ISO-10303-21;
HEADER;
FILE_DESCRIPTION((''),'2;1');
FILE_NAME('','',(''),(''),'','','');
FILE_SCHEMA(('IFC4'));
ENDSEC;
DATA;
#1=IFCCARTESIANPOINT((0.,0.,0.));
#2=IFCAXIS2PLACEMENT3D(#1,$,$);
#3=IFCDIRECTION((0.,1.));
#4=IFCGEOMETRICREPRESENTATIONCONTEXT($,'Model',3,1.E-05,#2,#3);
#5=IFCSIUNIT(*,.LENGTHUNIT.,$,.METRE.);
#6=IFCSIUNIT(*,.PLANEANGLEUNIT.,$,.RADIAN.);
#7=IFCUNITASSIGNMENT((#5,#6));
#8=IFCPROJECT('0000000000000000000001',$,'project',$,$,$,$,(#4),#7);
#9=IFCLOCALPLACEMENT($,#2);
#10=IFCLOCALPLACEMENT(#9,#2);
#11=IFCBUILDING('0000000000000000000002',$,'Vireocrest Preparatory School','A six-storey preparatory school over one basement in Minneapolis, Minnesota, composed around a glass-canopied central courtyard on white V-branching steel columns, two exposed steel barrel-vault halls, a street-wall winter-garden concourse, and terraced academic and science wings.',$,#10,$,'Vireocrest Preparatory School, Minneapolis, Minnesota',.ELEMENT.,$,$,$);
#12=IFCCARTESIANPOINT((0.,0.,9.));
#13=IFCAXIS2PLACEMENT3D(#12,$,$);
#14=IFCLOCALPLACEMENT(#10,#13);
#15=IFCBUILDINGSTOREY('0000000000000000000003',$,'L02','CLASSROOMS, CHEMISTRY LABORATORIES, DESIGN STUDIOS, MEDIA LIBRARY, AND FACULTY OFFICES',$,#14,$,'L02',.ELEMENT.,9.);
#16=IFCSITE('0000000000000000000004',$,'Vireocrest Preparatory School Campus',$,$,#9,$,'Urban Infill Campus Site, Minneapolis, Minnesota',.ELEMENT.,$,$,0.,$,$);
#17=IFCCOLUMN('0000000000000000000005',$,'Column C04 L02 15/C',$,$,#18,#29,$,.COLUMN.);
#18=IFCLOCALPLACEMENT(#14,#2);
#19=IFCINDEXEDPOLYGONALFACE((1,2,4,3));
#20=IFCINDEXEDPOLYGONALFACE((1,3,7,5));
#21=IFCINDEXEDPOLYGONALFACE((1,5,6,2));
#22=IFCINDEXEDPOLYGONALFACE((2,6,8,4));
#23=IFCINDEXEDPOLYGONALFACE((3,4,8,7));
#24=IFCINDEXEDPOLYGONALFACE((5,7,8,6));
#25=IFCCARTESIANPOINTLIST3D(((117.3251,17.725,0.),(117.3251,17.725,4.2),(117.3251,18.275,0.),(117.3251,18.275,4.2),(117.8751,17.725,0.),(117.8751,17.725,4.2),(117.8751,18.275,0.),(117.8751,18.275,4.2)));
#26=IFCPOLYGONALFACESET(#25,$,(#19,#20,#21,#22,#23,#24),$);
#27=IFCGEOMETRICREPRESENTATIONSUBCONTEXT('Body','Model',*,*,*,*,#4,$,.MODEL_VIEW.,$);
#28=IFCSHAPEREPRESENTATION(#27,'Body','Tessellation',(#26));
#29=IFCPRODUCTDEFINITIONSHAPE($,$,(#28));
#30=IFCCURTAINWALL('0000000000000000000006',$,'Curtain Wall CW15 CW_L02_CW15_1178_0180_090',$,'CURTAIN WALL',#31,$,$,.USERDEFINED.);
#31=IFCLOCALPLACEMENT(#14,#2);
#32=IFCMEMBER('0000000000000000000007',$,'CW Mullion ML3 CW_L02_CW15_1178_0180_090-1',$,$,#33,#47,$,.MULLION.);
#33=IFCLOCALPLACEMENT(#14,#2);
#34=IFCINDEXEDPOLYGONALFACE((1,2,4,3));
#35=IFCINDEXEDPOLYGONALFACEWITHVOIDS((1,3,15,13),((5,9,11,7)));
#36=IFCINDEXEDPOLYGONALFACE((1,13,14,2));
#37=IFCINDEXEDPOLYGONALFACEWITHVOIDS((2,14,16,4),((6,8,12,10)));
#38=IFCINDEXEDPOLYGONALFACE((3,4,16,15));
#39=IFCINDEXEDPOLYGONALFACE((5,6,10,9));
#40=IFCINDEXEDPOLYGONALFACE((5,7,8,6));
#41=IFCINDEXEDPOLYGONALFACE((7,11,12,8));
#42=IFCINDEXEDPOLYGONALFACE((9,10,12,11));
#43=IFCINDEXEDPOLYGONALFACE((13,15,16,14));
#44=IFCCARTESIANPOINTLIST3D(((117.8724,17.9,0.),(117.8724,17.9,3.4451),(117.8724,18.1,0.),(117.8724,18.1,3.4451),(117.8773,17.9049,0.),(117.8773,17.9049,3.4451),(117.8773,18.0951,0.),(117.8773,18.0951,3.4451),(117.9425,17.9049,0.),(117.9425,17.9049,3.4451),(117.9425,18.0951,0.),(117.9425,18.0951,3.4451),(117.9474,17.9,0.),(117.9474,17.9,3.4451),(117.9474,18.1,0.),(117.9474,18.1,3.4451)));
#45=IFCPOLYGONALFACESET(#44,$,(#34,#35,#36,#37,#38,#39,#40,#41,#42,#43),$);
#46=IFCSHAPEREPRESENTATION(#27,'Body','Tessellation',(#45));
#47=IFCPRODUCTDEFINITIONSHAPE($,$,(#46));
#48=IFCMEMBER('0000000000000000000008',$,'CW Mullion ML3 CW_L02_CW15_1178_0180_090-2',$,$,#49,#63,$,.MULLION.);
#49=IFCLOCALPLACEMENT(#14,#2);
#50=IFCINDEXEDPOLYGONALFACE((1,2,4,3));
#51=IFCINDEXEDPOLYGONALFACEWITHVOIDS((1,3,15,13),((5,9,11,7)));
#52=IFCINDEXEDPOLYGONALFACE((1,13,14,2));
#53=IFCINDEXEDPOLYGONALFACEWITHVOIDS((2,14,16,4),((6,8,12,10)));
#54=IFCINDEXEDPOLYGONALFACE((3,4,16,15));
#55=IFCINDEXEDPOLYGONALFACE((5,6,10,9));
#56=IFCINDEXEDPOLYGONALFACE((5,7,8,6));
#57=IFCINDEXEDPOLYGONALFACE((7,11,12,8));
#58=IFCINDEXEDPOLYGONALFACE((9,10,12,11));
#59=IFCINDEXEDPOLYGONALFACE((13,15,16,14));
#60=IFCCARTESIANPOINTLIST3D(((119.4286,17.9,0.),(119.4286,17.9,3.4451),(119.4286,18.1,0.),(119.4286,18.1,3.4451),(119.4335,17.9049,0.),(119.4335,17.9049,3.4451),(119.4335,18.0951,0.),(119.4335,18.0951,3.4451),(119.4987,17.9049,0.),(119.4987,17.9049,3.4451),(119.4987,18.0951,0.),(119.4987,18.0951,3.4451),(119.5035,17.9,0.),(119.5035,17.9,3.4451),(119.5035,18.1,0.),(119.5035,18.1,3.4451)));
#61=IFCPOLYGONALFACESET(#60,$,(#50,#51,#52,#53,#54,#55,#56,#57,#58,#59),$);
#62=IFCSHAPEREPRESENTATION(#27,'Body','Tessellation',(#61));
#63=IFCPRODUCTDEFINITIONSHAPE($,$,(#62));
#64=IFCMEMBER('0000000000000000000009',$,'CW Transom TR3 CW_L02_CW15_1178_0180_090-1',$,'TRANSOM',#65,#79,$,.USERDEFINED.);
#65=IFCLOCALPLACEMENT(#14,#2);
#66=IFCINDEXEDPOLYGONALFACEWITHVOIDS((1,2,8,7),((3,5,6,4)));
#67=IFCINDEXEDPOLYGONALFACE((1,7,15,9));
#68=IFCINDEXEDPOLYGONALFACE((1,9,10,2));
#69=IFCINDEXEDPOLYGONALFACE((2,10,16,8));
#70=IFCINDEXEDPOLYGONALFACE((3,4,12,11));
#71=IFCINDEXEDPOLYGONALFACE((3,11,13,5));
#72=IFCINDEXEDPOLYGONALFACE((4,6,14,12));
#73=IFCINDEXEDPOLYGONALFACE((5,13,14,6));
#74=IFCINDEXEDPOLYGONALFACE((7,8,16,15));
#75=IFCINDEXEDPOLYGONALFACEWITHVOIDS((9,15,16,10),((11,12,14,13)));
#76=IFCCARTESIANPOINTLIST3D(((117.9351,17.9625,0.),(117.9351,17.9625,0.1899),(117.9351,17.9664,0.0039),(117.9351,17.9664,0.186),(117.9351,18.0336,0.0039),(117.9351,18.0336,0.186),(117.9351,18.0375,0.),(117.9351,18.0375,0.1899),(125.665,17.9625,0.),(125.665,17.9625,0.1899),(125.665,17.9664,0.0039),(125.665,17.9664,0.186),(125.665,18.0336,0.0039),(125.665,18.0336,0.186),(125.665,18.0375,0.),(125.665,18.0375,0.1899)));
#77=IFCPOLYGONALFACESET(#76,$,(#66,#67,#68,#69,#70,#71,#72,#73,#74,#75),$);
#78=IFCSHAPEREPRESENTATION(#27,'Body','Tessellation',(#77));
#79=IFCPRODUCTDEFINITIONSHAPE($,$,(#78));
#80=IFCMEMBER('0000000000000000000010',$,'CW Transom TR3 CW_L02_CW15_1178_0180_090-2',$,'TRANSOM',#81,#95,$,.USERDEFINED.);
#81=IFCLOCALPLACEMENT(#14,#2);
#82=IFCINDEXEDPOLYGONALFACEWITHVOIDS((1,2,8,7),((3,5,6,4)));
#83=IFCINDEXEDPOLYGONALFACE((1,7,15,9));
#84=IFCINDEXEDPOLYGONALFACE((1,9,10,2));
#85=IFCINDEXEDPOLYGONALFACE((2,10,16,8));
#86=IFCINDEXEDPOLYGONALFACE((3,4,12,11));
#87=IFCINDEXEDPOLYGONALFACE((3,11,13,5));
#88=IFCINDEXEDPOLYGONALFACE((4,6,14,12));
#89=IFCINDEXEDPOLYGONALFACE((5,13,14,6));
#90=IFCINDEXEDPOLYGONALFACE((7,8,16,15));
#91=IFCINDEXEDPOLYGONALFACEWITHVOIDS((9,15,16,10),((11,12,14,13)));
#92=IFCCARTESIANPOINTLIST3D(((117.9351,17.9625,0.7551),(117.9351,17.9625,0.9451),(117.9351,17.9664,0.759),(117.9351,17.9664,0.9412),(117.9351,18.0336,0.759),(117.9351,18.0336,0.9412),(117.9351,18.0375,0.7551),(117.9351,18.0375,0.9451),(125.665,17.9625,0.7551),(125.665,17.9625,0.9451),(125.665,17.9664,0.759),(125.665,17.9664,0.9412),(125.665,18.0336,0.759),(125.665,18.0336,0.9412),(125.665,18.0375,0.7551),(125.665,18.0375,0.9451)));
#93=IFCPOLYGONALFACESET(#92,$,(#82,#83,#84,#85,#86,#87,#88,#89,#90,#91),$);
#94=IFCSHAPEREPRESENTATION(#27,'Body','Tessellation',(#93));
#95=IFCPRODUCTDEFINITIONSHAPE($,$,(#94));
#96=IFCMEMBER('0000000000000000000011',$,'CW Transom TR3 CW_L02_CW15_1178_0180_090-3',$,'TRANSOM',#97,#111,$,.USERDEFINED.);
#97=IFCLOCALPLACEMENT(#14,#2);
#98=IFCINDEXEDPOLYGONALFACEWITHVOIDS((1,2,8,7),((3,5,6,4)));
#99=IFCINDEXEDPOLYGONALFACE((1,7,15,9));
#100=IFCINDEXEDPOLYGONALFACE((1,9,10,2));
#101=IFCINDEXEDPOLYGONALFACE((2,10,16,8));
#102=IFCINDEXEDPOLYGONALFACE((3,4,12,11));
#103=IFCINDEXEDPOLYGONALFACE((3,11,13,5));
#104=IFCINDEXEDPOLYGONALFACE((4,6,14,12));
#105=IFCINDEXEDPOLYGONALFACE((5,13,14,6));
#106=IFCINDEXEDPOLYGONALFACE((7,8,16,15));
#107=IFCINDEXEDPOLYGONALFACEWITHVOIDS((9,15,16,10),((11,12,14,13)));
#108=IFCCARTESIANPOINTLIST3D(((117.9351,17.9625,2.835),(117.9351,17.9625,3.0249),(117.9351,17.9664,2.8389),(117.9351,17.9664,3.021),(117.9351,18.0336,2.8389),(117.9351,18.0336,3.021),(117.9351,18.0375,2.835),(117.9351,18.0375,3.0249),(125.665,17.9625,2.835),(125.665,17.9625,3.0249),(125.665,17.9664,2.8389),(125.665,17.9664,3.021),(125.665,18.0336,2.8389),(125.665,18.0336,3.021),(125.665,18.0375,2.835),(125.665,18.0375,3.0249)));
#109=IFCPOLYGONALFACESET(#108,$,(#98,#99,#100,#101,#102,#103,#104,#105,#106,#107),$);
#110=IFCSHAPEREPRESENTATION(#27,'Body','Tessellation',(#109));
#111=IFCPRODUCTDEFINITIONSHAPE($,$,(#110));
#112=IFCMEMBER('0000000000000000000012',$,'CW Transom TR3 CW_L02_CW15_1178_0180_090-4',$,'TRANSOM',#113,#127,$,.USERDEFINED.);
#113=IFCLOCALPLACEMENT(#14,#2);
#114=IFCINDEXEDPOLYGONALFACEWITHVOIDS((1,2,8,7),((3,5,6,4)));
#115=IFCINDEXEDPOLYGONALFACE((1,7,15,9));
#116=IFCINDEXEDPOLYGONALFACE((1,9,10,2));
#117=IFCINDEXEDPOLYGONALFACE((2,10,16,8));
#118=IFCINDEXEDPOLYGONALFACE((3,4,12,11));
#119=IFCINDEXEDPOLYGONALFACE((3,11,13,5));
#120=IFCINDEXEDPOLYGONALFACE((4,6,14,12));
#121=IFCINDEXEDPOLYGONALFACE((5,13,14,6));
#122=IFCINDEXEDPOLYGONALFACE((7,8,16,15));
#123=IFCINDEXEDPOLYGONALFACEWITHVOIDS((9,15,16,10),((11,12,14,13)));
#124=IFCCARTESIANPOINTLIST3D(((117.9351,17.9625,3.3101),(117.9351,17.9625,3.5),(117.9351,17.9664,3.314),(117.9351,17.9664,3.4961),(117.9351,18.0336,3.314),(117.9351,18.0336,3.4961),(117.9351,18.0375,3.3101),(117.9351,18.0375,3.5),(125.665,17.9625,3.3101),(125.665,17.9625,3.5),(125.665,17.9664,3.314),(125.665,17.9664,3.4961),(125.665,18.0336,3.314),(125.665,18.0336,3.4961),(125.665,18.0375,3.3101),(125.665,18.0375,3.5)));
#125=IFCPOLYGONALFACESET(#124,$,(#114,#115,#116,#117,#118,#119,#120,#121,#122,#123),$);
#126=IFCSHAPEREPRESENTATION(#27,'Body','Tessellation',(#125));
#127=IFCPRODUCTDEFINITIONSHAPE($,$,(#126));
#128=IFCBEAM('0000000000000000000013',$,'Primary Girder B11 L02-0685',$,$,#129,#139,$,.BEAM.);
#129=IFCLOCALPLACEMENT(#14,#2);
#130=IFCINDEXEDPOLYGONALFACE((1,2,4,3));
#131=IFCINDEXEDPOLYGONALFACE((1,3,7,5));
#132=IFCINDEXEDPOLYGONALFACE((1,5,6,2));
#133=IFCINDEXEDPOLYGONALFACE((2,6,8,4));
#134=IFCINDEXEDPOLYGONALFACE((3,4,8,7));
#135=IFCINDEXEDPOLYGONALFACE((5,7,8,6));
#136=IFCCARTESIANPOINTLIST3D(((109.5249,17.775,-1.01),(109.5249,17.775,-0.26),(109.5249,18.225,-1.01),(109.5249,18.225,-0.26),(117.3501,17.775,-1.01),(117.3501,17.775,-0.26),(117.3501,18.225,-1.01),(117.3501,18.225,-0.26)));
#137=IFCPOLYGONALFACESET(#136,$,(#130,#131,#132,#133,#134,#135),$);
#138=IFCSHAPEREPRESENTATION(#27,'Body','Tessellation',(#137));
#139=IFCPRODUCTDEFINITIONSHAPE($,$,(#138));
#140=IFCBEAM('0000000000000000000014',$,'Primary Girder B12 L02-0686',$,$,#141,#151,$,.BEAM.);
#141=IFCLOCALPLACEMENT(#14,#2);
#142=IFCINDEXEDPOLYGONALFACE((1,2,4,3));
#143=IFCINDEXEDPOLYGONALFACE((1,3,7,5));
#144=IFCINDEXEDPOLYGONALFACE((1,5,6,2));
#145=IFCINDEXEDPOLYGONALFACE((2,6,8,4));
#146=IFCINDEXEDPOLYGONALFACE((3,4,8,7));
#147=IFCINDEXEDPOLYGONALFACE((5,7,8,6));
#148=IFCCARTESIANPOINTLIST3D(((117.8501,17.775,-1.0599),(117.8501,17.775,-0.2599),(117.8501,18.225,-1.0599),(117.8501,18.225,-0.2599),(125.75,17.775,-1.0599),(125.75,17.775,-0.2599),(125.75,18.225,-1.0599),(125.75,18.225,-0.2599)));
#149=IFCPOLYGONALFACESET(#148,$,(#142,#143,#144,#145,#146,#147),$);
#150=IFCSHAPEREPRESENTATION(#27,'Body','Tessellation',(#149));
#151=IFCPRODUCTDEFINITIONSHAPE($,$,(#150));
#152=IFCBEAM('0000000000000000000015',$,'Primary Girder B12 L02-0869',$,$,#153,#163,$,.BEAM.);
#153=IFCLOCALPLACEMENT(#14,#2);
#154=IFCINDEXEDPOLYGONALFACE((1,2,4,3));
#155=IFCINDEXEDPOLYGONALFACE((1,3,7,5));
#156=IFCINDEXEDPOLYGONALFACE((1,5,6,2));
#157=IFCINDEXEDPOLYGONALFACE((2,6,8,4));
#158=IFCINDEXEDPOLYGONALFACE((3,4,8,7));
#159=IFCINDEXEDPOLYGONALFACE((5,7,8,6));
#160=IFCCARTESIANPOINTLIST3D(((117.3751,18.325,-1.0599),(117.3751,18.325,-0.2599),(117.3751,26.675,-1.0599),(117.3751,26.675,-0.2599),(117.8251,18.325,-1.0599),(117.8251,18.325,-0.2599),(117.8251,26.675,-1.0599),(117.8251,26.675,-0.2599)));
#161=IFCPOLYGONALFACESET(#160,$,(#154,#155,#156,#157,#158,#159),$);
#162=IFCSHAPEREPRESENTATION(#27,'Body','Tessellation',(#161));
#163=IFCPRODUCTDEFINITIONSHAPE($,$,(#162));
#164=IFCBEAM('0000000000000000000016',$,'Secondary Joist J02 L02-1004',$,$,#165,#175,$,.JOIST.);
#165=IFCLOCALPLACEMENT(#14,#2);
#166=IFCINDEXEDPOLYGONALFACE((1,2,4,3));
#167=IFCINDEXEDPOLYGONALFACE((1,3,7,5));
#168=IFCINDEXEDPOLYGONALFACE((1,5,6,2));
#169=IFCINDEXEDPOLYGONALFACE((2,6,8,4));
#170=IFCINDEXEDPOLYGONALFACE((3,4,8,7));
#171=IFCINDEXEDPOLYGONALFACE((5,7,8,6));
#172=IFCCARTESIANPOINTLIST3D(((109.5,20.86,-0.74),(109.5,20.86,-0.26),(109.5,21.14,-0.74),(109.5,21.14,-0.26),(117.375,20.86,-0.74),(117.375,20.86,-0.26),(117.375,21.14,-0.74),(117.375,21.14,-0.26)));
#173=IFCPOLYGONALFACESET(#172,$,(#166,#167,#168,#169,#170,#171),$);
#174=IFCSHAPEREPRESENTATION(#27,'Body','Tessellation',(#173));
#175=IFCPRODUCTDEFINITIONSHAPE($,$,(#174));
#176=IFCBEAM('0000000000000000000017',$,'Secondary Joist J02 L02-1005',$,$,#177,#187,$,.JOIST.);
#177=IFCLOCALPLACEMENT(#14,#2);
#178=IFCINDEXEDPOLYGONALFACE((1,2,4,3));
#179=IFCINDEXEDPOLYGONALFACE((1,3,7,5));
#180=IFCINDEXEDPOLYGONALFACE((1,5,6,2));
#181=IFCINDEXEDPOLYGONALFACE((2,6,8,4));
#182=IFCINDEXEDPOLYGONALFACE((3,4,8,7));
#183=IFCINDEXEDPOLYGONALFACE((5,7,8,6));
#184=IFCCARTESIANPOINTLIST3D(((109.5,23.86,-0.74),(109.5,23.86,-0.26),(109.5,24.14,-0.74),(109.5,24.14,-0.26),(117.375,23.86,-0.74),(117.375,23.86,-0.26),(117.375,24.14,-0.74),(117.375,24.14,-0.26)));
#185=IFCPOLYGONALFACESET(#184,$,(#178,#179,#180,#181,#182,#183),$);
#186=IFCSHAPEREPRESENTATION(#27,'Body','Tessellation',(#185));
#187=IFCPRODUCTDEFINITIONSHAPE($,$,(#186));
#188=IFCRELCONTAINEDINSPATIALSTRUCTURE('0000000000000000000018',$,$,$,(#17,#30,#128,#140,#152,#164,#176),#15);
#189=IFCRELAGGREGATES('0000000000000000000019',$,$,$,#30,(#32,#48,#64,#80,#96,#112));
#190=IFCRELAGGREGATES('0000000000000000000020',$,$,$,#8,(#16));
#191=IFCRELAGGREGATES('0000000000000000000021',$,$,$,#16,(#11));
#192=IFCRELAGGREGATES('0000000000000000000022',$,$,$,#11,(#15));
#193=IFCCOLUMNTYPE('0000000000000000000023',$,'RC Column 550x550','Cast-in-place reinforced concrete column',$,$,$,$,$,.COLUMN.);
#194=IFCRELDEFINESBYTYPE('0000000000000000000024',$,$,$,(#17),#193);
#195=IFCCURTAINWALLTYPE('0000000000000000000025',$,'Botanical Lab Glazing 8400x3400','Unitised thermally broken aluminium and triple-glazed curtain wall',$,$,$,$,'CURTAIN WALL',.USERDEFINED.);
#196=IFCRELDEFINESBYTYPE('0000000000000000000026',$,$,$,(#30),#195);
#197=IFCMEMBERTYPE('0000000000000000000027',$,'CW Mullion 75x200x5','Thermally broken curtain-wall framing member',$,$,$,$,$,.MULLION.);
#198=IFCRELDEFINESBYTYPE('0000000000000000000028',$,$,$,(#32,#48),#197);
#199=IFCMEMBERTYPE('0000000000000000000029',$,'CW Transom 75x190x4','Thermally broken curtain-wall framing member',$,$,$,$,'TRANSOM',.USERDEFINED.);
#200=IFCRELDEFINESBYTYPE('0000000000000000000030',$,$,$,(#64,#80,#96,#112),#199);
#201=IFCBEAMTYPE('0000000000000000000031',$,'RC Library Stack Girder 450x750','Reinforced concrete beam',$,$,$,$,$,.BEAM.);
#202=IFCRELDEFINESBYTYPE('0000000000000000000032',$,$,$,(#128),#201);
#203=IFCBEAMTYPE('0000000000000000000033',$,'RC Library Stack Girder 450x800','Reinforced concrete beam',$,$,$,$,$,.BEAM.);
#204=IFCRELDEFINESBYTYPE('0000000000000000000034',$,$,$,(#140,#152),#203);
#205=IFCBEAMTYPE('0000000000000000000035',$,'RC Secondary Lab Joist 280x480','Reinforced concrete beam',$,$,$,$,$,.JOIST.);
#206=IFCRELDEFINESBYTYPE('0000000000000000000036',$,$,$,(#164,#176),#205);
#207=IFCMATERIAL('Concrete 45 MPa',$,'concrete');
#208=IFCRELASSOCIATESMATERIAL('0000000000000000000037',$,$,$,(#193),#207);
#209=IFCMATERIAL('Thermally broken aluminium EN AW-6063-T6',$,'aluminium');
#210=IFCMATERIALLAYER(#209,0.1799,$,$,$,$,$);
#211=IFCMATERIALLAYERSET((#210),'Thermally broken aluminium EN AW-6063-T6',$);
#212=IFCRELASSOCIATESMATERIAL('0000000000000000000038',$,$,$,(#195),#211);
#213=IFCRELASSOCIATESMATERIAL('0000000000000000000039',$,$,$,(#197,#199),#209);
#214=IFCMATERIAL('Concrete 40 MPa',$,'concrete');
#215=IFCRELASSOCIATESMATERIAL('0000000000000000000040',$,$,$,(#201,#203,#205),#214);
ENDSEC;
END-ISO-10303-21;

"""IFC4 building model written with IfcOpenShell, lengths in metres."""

from ifc_helpers import new_model, si_unit, direction, frame, origin, origin_2d, place, context, subcontext, project, spatial, rectangle, hollow_rectangle, extrude, material, layer, layer_set, material_profile, profile_set, type_object, element, aggregate, save


model = new_model("IFC4")

# Units and contexts
model_context = context("Model", 3, precision=1e-05, world=origin(), true_north=direction((0.0, 1.0)))
body_context = subcontext(model_context, "Body", "Model", "MODEL_VIEW")
ifc_project = project(units=[si_unit("LENGTHUNIT", "METRE"), si_unit("PLANEANGLEUNIT", "RADIAN")], contexts=[model_context])

# Site, building, storey
site_placement = place(None, origin())
site = spatial("IfcSite", under=ifc_project, at=site_placement, Name="Vireocrest Preparatory School Campus", LongName="Urban Infill Campus Site, Minneapolis, Minnesota", CompositionType="ELEMENT", RefElevation=0.0)
building_placement = place(site_placement, origin())
building = spatial("IfcBuilding", under=site, at=building_placement, Name="Vireocrest Preparatory School", Description="A six-storey preparatory school over one basement in Minneapolis, Minnesota, composed around a glass-canopied central courtyard on white V-branching steel columns, two exposed steel barrel-vault halls, a street-wall winter-garden concourse, and terraced academic and science wings.", LongName="Vireocrest Preparatory School, Minneapolis, Minnesota", CompositionType="ELEMENT")
storey_placement = place(building_placement, frame((0.0, 0.0, 9.0)))
storey = spatial("IfcBuildingStorey", under=building, at=storey_placement, Name="L02", Description="CLASSROOMS, CHEMISTRY LABORATORIES, DESIGN STUDIOS, MEDIA LIBRARY, AND FACULTY OFFICES", LongName="L02", CompositionType="ELEMENT", Elevation=9.0)

# Column
ifc_material_1 = material(Name="Concrete 45 MPa", Category="concrete")
ifc_material_profile_1 = material_profile(ifc_material_1, rectangle(XDim=0.55, YDim=0.55, at=origin_2d()), Name="RC 550x550")
ifc_profile_set_1 = profile_set([ifc_material_profile_1], Name="Concrete 45 MPa")
column_type = type_object("IfcColumnType", Name="RC Column 550x550", Description="Cast-in-place reinforced concrete column", PredefinedType="COLUMN", material=ifc_profile_set_1)
column_placement = place(storey_placement, frame((117.6001, 18.0, 0.0), z_axis=(0.0, 0.0, 1.0), x_axis=(1.0, 0.0, 0.0)))
element("IfcColumn", 1, at=column_placement, inside=storey, type_object=column_type, Name="Column C04 L02 15/C", PredefinedType="COLUMN", context=body_context, shape_type="SweptSolid", body=[
    extrude(rectangle(XDim=0.55, YDim=0.55, at=origin_2d()), origin(), (0.0, 0.0, 1.0), 4.2),
])

# Curtain wall, members
ifc_material_2 = material(Name="Thermally broken aluminium EN AW-6063-T6", Category="aluminium")
ifc_layer_1 = layer(ifc_material_2, 0.1799)
ifc_layer_set_1 = layer_set([ifc_layer_1], Name="Thermally broken aluminium EN AW-6063-T6")
curtain_wall_type = type_object("IfcCurtainWallType", Name="Botanical Lab Glazing 8400x3400", Description="Unitised thermally broken aluminium and triple-glazed curtain wall", ElementType="CURTAIN WALL", PredefinedType="USERDEFINED", material=ifc_layer_set_1)
curtain_wall_placement = place(storey_placement, origin())
curtain_wall = element("IfcCurtainWall", 2, at=curtain_wall_placement, inside=storey, type_object=curtain_wall_type, Name="Curtain Wall CW15 CW_L02_CW15_1178_0180_090", ObjectType="CURTAIN WALL", PredefinedType="USERDEFINED")
ifc_material_profile_2 = material_profile(ifc_material_2, hollow_rectangle(XDim=0.075, YDim=0.2, WallThickness=0.0049, at=origin_2d()), Name="ALU 75x200x5")
ifc_profile_set_2 = profile_set([ifc_material_profile_2], Name="Thermally broken aluminium EN AW-6063-T6")
member_type_1 = type_object("IfcMemberType", Name="CW Mullion 75x200x5", Description="Thermally broken curtain-wall framing member", PredefinedType="MULLION", material=ifc_profile_set_2)
member_1_placement = place(storey_placement, frame((117.9099, 18.0, 0.0), z_axis=(0.0, 0.0, 1.0), x_axis=(1.0, 0.0, 0.0)))
member_1 = element("IfcMember", 3, at=member_1_placement, type_object=member_type_1, Name="CW Mullion ML3 CW_L02_CW15_1178_0180_090-1", PredefinedType="MULLION", context=body_context, shape_type="SweptSolid", body=[
    extrude(hollow_rectangle(XDim=0.075, YDim=0.2, WallThickness=0.0049, at=origin_2d()), origin(), (0.0, 0.0, 1.0), 3.4451),
])
member_2_placement = place(storey_placement, frame((119.4661, 18.0, 0.0), z_axis=(0.0, 0.0, 1.0), x_axis=(1.0, 0.0, 0.0)))
member_2 = element("IfcMember", 4, at=member_2_placement, type_object=member_type_1, Name="CW Mullion ML3 CW_L02_CW15_1178_0180_090-2", PredefinedType="MULLION", context=body_context, shape_type="SweptSolid", body=[
    extrude(hollow_rectangle(XDim=0.075, YDim=0.2, WallThickness=0.0049, at=origin_2d()), origin(), (0.0, 0.0, 1.0), 3.4451),
])
ifc_material_profile_3 = material_profile(ifc_material_2, hollow_rectangle(XDim=0.075, YDim=0.1899, WallThickness=0.0039, at=origin_2d()), Name="ALU 75x190x4")
ifc_profile_set_3 = profile_set([ifc_material_profile_3], Name="Thermally broken aluminium EN AW-6063-T6")
member_type_2 = type_object("IfcMemberType", Name="CW Transom 75x190x4", Description="Thermally broken curtain-wall framing member", ElementType="TRANSOM", PredefinedType="USERDEFINED", material=ifc_profile_set_3)
member_3_placement = place(storey_placement, frame((117.9351, 18.0, 0.095), z_axis=(1.0, 0.0, 0.0), x_axis=(0.0, 1.0, 0.0)))
member_3 = element("IfcMember", 5, at=member_3_placement, type_object=member_type_2, Name="CW Transom TR3 CW_L02_CW15_1178_0180_090-1", ObjectType="TRANSOM", PredefinedType="USERDEFINED", context=body_context, shape_type="SweptSolid", body=[
    extrude(hollow_rectangle(XDim=0.075, YDim=0.1899, WallThickness=0.0039, at=origin_2d()), origin(), (0.0, 0.0, 1.0), 7.73),
])
member_4_placement = place(storey_placement, frame((117.9351, 18.0, 0.8501), z_axis=(1.0, 0.0, 0.0), x_axis=(0.0, 1.0, 0.0)))
member_4 = element("IfcMember", 6, at=member_4_placement, type_object=member_type_2, Name="CW Transom TR3 CW_L02_CW15_1178_0180_090-2", ObjectType="TRANSOM", PredefinedType="USERDEFINED", context=body_context, shape_type="SweptSolid", body=[
    extrude(hollow_rectangle(XDim=0.075, YDim=0.1899, WallThickness=0.0039, at=origin_2d()), origin(), (0.0, 0.0, 1.0), 7.73),
])
member_5_placement = place(storey_placement, frame((117.9351, 18.0, 2.9299), z_axis=(1.0, 0.0, 0.0), x_axis=(0.0, 1.0, 0.0)))
member_5 = element("IfcMember", 7, at=member_5_placement, type_object=member_type_2, Name="CW Transom TR3 CW_L02_CW15_1178_0180_090-3", ObjectType="TRANSOM", PredefinedType="USERDEFINED", context=body_context, shape_type="SweptSolid", body=[
    extrude(hollow_rectangle(XDim=0.075, YDim=0.1899, WallThickness=0.0039, at=origin_2d()), origin(), (0.0, 0.0, 1.0), 7.73),
])
member_6_placement = place(storey_placement, frame((117.9351, 18.0, 3.405), z_axis=(1.0, 0.0, 0.0), x_axis=(0.0, 1.0, 0.0)))
member_6 = element("IfcMember", 8, at=member_6_placement, type_object=member_type_2, Name="CW Transom TR3 CW_L02_CW15_1178_0180_090-4", ObjectType="TRANSOM", PredefinedType="USERDEFINED", context=body_context, shape_type="SweptSolid", body=[
    extrude(hollow_rectangle(XDim=0.075, YDim=0.1899, WallThickness=0.0039, at=origin_2d()), origin(), (0.0, 0.0, 1.0), 7.73),
])

# Beams
ifc_material_3 = material(Name="Concrete 40 MPa", Category="concrete")
ifc_material_profile_4 = material_profile(ifc_material_3, rectangle(XDim=0.45, YDim=0.75, at=origin_2d()), Name="RC 450x750")
ifc_profile_set_4 = profile_set([ifc_material_profile_4], Name="Concrete 40 MPa")
beam_type_1 = type_object("IfcBeamType", Name="RC Library Stack Girder 450x750", Description="Reinforced concrete beam", PredefinedType="BEAM", material=ifc_profile_set_4)
beam_1_placement = place(storey_placement, frame((109.5249, 18.0, -0.635), z_axis=(1.0, 0.0, 0.0), x_axis=(0.0, 1.0, 0.0)))
element("IfcBeam", 9, at=beam_1_placement, inside=storey, type_object=beam_type_1, Name="Primary Girder B11 L02-0685", PredefinedType="BEAM", context=body_context, shape_type="SweptSolid", body=[
    extrude(rectangle(XDim=0.45, YDim=0.75, at=origin_2d()), origin(), (0.0, 0.0, 1.0), 7.8252),
])
ifc_material_profile_5 = material_profile(ifc_material_3, rectangle(XDim=0.45, YDim=0.8, at=origin_2d()), Name="RC 450x800")
ifc_profile_set_5 = profile_set([ifc_material_profile_5], Name="Concrete 40 MPa")
beam_type_2 = type_object("IfcBeamType", Name="RC Library Stack Girder 450x800", Description="Reinforced concrete beam", PredefinedType="BEAM", material=ifc_profile_set_5)
beam_2_placement = place(storey_placement, frame((117.8501, 18.0, -0.6599), z_axis=(1.0, 0.0, 0.0), x_axis=(0.0, 1.0, 0.0)))
element("IfcBeam", 10, at=beam_2_placement, inside=storey, type_object=beam_type_2, Name="Primary Girder B12 L02-0686", PredefinedType="BEAM", context=body_context, shape_type="SweptSolid", body=[
    extrude(rectangle(XDim=0.45, YDim=0.8, at=origin_2d()), origin(), (0.0, 0.0, 1.0), 7.8999),
])
beam_3_placement = place(storey_placement, frame((117.6001, 18.325, -0.6599), z_axis=(0.0, 1.0, 0.0), x_axis=(-1.0, 0.0, 0.0)))
element("IfcBeam", 11, at=beam_3_placement, inside=storey, type_object=beam_type_2, Name="Primary Girder B12 L02-0869", PredefinedType="BEAM", context=body_context, shape_type="SweptSolid", body=[
    extrude(rectangle(XDim=0.45, YDim=0.8, at=origin_2d()), origin(), (0.0, 0.0, 1.0), 8.3501),
])
ifc_material_profile_6 = material_profile(ifc_material_3, rectangle(XDim=0.28, YDim=0.48, at=origin_2d()), Name="RC 280x480")
ifc_profile_set_6 = profile_set([ifc_material_profile_6], Name="Concrete 40 MPa")
beam_type_3 = type_object("IfcBeamType", Name="RC Secondary Lab Joist 280x480", Description="Reinforced concrete beam", PredefinedType="JOIST", material=ifc_profile_set_6)
for number, where, z_axis, x_axis, name in (
    (12, (109.5, 21.0, -0.5), (1.0, 0.0, 0.0), (0.0, 1.0, 0.0), "Secondary Joist J02 L02-1004"),
    (13, (109.5, 24.0, -0.5), (1.0, 0.0, 0.0), (0.0, 1.0, 0.0), "Secondary Joist J02 L02-1005"),
):
    element("IfcBeam", number, at=place(storey_placement, frame(where, z_axis=z_axis, x_axis=x_axis)), inside=storey, type_object=beam_type_3, Name=name, PredefinedType="JOIST", context=body_context, shape_type="SweptSolid", body=[
        extrude(rectangle(XDim=0.28, YDim=0.48, at=origin_2d()), origin(), (0.0, 0.0, 1.0), 7.875),
    ])

aggregate(curtain_wall, [member_1, member_2, member_3, member_4, member_5, member_6])

save(model, "model.ifc")
